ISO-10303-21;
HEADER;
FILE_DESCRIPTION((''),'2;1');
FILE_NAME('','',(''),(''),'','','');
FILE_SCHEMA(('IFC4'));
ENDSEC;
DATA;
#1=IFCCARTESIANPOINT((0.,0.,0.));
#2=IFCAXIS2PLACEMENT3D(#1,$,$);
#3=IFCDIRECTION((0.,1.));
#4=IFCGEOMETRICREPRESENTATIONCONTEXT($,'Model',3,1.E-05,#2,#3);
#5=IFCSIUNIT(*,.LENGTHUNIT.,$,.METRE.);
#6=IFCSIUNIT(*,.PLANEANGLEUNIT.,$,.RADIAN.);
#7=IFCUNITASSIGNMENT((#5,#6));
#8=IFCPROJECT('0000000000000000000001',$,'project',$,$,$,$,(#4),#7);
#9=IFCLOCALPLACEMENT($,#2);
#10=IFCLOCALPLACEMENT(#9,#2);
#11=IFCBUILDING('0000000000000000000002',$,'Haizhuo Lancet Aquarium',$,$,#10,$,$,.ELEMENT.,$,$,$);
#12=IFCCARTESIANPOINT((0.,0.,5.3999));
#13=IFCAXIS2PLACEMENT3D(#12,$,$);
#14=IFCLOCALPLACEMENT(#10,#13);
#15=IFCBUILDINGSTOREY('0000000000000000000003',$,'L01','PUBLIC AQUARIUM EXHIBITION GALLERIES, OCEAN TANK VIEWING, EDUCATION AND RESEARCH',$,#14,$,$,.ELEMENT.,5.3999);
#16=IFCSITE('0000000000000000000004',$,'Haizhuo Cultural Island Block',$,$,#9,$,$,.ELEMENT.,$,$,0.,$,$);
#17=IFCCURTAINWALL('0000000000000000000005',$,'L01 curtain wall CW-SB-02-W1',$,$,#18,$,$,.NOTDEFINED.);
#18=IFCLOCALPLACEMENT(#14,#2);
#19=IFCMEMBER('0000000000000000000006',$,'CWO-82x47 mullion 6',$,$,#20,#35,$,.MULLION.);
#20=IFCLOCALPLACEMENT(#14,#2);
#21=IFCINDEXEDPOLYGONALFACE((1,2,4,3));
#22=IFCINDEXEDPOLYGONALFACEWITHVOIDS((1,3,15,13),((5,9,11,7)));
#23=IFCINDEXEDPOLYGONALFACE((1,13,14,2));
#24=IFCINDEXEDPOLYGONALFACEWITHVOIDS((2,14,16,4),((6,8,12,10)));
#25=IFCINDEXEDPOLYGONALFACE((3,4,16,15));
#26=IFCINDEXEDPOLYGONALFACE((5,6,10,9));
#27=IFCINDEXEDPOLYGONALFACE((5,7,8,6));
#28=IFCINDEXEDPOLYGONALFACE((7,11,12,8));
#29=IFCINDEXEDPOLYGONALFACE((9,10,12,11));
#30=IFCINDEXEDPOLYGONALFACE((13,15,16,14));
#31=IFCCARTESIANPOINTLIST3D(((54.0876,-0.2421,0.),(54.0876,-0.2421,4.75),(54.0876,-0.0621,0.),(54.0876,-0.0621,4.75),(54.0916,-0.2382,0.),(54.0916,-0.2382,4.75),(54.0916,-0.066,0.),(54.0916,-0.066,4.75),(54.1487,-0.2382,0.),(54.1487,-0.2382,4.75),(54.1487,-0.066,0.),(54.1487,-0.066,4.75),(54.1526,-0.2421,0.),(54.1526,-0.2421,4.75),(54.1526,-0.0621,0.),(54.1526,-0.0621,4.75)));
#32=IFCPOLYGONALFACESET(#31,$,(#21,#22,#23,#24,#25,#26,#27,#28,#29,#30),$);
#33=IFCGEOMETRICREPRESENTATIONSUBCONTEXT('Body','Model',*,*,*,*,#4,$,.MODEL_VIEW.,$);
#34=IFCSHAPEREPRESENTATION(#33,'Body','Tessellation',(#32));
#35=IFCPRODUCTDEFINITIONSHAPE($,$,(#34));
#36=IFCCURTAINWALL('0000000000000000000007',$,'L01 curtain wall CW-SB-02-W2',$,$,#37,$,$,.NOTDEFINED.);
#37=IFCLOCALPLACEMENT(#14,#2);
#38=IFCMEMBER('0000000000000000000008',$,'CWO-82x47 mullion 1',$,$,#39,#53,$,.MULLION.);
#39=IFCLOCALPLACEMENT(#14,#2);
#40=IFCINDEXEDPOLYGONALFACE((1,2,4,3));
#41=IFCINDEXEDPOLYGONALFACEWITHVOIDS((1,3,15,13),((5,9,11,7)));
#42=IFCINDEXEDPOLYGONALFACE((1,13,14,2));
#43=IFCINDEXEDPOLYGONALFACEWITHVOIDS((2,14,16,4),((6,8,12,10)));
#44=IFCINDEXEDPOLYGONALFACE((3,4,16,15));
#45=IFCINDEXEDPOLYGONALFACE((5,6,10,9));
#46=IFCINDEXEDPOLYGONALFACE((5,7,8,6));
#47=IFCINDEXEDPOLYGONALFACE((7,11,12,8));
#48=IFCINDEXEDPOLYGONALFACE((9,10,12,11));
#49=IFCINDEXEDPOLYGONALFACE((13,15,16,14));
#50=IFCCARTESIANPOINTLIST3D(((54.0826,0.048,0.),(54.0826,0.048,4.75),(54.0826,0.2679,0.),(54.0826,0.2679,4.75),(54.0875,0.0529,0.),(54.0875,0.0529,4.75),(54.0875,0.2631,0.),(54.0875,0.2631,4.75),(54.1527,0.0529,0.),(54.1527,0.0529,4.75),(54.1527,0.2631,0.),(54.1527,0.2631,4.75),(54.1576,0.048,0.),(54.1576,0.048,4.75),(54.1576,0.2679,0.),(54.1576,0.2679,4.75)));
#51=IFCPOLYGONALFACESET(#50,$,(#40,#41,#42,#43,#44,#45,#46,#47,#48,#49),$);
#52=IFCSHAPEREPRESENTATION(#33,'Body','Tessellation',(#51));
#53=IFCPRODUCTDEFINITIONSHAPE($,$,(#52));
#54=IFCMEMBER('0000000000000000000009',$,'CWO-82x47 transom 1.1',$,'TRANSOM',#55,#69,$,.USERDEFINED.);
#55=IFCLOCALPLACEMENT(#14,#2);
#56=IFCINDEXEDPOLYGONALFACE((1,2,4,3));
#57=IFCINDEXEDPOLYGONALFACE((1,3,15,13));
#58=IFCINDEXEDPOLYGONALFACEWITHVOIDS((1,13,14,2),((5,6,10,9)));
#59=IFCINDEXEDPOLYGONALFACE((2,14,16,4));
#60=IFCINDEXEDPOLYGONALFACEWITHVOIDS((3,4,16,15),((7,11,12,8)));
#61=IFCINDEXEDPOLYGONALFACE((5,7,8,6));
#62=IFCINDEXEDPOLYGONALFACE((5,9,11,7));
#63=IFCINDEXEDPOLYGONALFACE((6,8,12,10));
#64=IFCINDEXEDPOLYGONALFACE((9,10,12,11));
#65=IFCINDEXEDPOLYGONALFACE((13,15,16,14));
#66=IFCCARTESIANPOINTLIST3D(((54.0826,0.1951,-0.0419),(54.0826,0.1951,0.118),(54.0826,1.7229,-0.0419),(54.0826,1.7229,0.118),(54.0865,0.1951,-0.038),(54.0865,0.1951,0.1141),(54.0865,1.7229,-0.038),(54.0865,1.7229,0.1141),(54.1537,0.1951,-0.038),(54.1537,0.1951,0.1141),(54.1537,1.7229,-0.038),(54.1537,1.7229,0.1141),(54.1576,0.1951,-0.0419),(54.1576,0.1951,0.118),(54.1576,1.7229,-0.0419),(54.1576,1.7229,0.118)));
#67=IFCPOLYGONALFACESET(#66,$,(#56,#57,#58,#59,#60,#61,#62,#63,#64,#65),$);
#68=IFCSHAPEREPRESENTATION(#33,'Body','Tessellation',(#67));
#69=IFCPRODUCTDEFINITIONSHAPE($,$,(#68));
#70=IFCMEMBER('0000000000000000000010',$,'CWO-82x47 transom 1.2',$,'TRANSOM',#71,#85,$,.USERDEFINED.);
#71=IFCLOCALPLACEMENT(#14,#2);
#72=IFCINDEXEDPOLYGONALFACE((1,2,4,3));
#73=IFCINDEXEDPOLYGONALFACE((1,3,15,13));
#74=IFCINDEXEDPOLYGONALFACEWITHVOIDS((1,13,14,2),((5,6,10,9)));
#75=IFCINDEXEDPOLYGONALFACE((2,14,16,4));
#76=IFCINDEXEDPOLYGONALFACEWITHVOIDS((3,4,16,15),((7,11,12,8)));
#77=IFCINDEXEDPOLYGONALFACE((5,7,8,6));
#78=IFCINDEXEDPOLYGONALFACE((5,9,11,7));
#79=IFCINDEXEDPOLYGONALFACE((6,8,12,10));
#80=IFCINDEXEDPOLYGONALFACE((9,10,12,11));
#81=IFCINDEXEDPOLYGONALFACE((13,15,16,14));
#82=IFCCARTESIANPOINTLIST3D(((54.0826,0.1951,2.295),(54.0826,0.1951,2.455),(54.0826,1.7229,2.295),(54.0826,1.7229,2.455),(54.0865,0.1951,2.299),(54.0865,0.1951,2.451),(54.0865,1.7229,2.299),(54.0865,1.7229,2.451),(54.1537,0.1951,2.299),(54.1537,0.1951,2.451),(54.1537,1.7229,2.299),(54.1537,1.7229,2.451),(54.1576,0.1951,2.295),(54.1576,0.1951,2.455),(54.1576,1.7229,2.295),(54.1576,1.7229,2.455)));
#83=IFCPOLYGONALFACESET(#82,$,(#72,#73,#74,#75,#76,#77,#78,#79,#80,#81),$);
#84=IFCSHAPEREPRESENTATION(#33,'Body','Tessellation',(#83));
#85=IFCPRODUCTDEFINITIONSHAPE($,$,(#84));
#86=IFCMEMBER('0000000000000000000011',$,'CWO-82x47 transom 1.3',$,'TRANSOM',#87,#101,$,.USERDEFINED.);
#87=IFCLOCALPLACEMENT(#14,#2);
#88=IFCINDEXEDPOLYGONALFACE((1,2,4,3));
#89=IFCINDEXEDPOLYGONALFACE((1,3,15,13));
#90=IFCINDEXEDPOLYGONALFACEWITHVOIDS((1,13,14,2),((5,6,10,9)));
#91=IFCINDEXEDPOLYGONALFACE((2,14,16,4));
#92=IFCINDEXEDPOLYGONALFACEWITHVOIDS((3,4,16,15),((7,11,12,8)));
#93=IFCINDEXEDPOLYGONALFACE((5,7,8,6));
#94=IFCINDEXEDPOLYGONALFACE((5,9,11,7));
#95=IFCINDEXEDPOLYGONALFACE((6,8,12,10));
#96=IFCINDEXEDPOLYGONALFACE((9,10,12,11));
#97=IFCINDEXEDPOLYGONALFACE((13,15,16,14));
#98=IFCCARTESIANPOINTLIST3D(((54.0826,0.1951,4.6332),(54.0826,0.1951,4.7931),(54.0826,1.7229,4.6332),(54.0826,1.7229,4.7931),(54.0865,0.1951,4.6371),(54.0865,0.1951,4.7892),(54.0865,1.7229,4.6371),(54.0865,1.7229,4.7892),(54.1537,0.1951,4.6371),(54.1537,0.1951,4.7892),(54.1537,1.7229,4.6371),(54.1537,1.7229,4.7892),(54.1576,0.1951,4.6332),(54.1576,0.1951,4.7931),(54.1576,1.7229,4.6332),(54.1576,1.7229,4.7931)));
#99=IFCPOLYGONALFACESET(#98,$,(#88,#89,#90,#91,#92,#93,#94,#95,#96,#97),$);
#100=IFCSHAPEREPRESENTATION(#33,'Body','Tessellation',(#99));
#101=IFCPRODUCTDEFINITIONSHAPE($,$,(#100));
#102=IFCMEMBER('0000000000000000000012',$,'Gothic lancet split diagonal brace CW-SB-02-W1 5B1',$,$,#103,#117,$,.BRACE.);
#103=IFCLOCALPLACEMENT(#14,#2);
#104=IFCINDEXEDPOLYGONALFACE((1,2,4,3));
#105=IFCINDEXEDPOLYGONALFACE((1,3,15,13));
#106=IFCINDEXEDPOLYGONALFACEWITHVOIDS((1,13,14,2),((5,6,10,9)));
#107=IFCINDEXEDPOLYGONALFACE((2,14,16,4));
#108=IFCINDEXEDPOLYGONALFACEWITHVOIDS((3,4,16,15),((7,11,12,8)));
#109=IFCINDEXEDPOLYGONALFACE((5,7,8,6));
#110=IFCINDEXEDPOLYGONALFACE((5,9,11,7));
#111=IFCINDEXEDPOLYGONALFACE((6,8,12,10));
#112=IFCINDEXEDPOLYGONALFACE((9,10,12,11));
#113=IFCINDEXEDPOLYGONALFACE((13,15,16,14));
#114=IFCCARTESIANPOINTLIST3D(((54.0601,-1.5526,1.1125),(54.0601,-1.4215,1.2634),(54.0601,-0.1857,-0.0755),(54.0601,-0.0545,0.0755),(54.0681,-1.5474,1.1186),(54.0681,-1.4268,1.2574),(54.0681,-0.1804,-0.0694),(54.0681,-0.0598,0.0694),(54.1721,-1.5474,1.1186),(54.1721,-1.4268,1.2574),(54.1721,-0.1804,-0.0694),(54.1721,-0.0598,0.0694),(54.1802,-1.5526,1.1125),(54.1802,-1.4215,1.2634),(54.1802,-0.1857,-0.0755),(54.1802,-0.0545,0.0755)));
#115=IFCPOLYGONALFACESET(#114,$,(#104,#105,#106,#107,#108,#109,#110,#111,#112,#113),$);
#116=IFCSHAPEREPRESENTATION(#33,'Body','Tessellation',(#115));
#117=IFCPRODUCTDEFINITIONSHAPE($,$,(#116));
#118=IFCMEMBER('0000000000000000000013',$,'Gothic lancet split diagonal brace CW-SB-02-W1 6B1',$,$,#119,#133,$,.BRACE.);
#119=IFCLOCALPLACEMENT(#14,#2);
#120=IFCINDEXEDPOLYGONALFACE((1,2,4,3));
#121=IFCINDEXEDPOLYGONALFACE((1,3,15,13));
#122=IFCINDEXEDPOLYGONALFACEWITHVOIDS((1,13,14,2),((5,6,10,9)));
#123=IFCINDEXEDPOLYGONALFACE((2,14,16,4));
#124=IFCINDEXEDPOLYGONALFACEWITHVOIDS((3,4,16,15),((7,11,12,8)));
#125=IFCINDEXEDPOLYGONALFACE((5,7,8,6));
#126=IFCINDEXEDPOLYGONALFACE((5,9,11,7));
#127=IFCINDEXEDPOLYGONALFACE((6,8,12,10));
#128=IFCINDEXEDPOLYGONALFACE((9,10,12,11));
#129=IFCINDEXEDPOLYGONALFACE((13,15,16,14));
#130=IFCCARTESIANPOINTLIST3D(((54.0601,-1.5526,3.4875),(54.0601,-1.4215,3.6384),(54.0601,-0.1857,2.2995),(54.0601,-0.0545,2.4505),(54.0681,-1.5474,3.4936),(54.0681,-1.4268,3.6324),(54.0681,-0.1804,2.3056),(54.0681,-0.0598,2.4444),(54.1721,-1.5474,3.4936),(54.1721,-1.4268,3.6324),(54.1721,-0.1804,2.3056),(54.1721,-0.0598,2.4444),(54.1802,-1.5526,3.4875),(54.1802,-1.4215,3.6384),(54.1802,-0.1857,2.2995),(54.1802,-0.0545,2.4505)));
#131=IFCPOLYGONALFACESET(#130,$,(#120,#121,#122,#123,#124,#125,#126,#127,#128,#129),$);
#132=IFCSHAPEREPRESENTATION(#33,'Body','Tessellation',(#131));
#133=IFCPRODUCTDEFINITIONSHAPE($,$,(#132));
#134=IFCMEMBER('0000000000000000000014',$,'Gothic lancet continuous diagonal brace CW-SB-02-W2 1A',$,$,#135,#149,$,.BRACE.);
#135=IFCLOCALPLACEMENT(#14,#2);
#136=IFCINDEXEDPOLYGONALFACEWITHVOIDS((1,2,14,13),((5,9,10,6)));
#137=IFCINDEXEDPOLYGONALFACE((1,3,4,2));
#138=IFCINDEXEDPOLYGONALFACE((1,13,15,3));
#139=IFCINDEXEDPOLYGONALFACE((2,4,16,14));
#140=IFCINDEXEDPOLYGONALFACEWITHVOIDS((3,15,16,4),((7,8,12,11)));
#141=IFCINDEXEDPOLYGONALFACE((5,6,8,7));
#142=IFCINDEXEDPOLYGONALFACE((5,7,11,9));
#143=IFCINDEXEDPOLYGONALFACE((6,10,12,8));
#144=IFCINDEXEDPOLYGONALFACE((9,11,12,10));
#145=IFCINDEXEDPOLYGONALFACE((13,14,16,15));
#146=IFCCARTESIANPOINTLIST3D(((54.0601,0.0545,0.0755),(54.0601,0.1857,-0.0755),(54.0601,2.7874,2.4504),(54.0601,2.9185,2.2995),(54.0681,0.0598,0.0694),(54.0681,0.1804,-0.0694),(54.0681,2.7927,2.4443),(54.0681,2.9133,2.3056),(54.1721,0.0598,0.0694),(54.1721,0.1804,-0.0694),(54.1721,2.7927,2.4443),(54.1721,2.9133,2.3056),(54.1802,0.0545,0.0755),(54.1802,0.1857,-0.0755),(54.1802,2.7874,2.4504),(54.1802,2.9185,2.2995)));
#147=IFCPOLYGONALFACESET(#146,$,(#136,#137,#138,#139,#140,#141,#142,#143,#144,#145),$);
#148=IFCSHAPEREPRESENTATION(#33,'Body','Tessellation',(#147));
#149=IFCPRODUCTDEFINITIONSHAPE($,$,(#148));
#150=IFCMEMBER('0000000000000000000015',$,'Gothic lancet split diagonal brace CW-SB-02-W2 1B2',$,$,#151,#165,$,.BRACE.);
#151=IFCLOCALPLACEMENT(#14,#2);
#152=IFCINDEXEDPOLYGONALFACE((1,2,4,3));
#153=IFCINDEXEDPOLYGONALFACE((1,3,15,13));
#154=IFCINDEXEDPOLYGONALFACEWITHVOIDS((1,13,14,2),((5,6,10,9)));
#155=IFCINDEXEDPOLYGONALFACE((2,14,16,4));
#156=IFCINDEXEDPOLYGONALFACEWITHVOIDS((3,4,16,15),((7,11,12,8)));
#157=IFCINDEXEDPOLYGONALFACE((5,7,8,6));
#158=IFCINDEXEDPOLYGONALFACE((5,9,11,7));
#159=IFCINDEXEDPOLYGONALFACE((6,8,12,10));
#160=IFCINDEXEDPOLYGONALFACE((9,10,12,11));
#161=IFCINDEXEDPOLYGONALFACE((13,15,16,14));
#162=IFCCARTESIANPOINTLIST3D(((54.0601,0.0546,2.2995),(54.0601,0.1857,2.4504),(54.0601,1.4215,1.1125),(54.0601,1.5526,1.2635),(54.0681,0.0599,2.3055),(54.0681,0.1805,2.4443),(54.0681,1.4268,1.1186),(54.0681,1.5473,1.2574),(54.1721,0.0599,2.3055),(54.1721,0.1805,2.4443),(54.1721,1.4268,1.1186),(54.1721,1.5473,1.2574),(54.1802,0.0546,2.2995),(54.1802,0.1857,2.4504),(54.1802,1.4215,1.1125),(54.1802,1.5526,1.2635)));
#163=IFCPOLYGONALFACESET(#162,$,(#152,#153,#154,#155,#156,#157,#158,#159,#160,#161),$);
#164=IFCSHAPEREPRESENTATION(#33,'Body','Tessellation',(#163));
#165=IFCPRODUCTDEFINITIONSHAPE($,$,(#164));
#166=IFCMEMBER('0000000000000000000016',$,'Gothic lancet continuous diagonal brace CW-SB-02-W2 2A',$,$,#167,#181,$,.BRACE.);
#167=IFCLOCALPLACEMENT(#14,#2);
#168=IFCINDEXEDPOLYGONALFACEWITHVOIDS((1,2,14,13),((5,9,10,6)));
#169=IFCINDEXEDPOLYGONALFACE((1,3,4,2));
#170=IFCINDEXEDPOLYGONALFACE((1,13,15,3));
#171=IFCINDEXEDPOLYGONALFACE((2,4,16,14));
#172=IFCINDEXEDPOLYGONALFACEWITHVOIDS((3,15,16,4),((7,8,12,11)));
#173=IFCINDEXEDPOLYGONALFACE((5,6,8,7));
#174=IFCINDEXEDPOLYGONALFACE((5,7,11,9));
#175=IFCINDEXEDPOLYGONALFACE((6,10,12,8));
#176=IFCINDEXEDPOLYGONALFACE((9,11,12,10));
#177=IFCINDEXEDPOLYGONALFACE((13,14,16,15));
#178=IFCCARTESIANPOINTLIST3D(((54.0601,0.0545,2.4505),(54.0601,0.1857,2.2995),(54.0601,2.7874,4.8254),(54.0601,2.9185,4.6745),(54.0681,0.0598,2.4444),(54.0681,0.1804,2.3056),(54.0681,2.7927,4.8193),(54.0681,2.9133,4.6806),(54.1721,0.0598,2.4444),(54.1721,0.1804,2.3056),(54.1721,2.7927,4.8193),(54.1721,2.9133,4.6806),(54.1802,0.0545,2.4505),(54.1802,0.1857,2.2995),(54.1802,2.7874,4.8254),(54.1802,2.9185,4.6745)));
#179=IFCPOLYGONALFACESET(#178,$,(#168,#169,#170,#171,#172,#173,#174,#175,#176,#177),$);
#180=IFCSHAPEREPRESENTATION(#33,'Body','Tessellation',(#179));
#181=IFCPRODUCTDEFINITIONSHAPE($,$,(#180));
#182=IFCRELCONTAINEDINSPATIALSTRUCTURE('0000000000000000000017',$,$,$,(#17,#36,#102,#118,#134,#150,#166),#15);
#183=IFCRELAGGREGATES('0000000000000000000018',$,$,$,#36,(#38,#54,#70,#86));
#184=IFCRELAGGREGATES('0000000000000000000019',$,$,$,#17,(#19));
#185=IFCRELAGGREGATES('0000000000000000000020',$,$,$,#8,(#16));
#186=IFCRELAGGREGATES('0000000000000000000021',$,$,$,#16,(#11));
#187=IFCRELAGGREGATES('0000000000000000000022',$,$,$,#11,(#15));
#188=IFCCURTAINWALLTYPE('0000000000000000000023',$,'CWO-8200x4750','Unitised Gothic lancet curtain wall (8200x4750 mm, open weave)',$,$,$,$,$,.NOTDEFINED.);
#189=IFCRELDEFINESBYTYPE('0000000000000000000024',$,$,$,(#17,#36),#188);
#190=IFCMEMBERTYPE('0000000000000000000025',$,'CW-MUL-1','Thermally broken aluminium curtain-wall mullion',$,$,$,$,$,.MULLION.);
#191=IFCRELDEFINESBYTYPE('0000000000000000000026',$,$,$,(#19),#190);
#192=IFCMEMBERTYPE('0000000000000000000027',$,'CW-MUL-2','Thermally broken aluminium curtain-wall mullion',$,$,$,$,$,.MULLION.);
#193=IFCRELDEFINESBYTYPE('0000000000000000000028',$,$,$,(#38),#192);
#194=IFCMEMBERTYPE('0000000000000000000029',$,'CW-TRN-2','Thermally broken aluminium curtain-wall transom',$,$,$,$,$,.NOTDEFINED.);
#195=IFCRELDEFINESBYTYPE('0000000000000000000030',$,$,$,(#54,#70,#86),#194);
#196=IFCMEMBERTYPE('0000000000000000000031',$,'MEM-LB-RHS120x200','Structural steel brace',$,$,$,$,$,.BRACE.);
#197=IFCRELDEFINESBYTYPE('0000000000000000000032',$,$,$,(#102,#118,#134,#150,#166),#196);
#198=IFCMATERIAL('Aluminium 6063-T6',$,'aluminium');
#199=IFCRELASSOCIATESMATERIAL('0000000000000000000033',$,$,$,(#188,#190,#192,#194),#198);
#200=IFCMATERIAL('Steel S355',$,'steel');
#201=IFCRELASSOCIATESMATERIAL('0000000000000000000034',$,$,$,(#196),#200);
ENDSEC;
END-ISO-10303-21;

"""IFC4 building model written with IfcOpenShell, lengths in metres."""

from ifc_helpers import new_model, si_unit, direction, frame, origin, origin_2d, place, context, subcontext, project, spatial, hollow_rectangle, extrude, material, material_profile, profile_set, type_object, element, aggregate, save


model = new_model("IFC4")

# Units and contexts
model_context = context("Model", 3, precision=1e-05, world=origin(), true_north=direction((0.0, 1.0)))
body_context = subcontext(model_context, "Body", "Model", "MODEL_VIEW")
ifc_project = project(units=[si_unit("LENGTHUNIT", "METRE"), si_unit("PLANEANGLEUNIT", "RADIAN")], contexts=[model_context])

# Site, building, storey
site_placement = place(None, origin())
site = spatial("IfcSite", under=ifc_project, at=site_placement, Name="Haizhuo Cultural Island Block", CompositionType="ELEMENT", RefElevation=0.0)
building_placement = place(site_placement, origin())
building = spatial("IfcBuilding", under=site, at=building_placement, Name="Haizhuo Lancet Aquarium", CompositionType="ELEMENT")
storey_placement = place(building_placement, frame((0.0, 0.0, 5.3999)))
storey = spatial("IfcBuildingStorey", under=building, at=storey_placement, Name="L01", Description="PUBLIC AQUARIUM EXHIBITION GALLERIES, OCEAN TANK VIEWING, EDUCATION AND RESEARCH", CompositionType="ELEMENT", Elevation=5.3999)

# Curtain wall, member
ifc_material_1 = material(Name="Aluminium 6063-T6", Category="aluminium")
curtain_wall_type = type_object("IfcCurtainWallType", Name="CWO-8200x4750", Description="Unitised Gothic lancet curtain wall (8200x4750 mm, open weave)", PredefinedType="NOTDEFINED", material=ifc_material_1)
curtain_wall_1_placement = place(storey_placement, origin())
curtain_wall_1 = element("IfcCurtainWall", 1, at=curtain_wall_1_placement, inside=storey, type_object=curtain_wall_type, Name="L01 curtain wall CW-SB-02-W1", PredefinedType="NOTDEFINED")
ifc_material_profile_1 = material_profile(ifc_material_1, hollow_rectangle(XDim=0.0649, YDim=0.1799, WallThickness=0.0039, at=origin_2d()), Name="ALU-M 65x180x4")
ifc_profile_set_1 = profile_set([ifc_material_profile_1], Name="Aluminium 6063-T6")
member_type_1 = type_object("IfcMemberType", Name="CW-MUL-1", Description="Thermally broken aluminium curtain-wall mullion", PredefinedType="MULLION", material=ifc_profile_set_1)
member_1_placement = place(storey_placement, frame((54.1201, -0.1521, 0.0), z_axis=(0.0, 0.0, 1.0), x_axis=(-1.0, 0.0, 0.0)))
member_1 = element("IfcMember", 2, at=member_1_placement, type_object=member_type_1, Name="CWO-82x47 mullion 6", PredefinedType="MULLION", context=body_context, shape_type="SweptSolid", body=[
    extrude(hollow_rectangle(XDim=0.0649, YDim=0.1799, WallThickness=0.0039, at=origin_2d()), origin(), (0.0, 0.0, 1.0), 4.75),
])

# Curtain wall, members
curtain_wall_2_placement = place(storey_placement, origin())
curtain_wall_2 = element("IfcCurtainWall", 3, at=curtain_wall_2_placement, inside=storey, type_object=curtain_wall_type, Name="L01 curtain wall CW-SB-02-W2", PredefinedType="NOTDEFINED")
ifc_material_profile_2 = material_profile(ifc_material_1, hollow_rectangle(XDim=0.075, YDim=0.22, WallThickness=0.0049, at=origin_2d()), Name="ALU-M 75x220x5")
ifc_profile_set_2 = profile_set([ifc_material_profile_2], Name="Aluminium 6063-T6")
member_type_2 = type_object("IfcMemberType", Name="CW-MUL-2", Description="Thermally broken aluminium curtain-wall mullion", PredefinedType="MULLION", material=ifc_profile_set_2)
member_2_placement = place(storey_placement, frame((54.1201, 0.158, 0.0), z_axis=(0.0, 0.0, 1.0), x_axis=(-1.0, 0.0, 0.0)))
member_2 = element("IfcMember", 4, at=member_2_placement, type_object=member_type_2, Name="CWO-82x47 mullion 1", PredefinedType="MULLION", context=body_context, shape_type="SweptSolid", body=[
    extrude(hollow_rectangle(XDim=0.075, YDim=0.22, WallThickness=0.0049, at=origin_2d()), origin(), (0.0, 0.0, 1.0), 4.75),
])
ifc_material_profile_3 = material_profile(ifc_material_1, hollow_rectangle(XDim=0.075, YDim=0.1599, WallThickness=0.0039, at=origin_2d()), Name="ALU-T 75x160x4")
ifc_profile_set_3 = profile_set([ifc_material_profile_3], Name="Aluminium 6063-T6")
member_type_3 = type_object("IfcMemberType", Name="CW-TRN-2", Description="Thermally broken aluminium curtain-wall transom", PredefinedType="NOTDEFINED", material=ifc_profile_set_3)
member_3_placement = place(storey_placement, frame((54.1201, 0.1951, 0.0381), z_axis=(0.0, 1.0, 0.0), x_axis=(-1.0, 0.0, 0.0)))
member_3 = element("IfcMember", 5, at=member_3_placement, type_object=member_type_3, Name="CWO-82x47 transom 1.1", ObjectType="TRANSOM", PredefinedType="USERDEFINED", context=body_context, shape_type="SweptSolid", body=[
    extrude(hollow_rectangle(XDim=0.075, YDim=0.1599, WallThickness=0.0039, at=origin_2d()), origin(), (0.0, 0.0, 1.0), 1.5278),
])
member_4_placement = place(storey_placement, frame((54.1201, 0.1951, 2.375), z_axis=(0.0, 1.0, 0.0), x_axis=(-1.0, 0.0, 0.0)))
member_4 = element("IfcMember", 6, at=member_4_placement, type_object=member_type_3, Name="CWO-82x47 transom 1.2", ObjectType="TRANSOM", PredefinedType="USERDEFINED", context=body_context, shape_type="SweptSolid", body=[
    extrude(hollow_rectangle(XDim=0.075, YDim=0.1599, WallThickness=0.0039, at=origin_2d()), origin(), (0.0, 0.0, 1.0), 1.5278),
])
member_5_placement = place(storey_placement, frame((54.1201, 0.1951, 4.7131), z_axis=(0.0, 1.0, 0.0), x_axis=(-1.0, 0.0, 0.0)))
member_5 = element("IfcMember", 7, at=member_5_placement, type_object=member_type_3, Name="CWO-82x47 transom 1.3", ObjectType="TRANSOM", PredefinedType="USERDEFINED", context=body_context, shape_type="SweptSolid", body=[
    extrude(hollow_rectangle(XDim=0.075, YDim=0.1599, WallThickness=0.0039, at=origin_2d()), origin(), (0.0, 0.0, 1.0), 1.5278),
])

# Members
ifc_material_2 = material(Name="Steel S355", Category="steel")
ifc_material_profile_4 = material_profile(ifc_material_2, hollow_rectangle(XDim=0.1201, YDim=0.2, WallThickness=0.0081, at=origin_2d()), Name="RHS 120x200x8")
ifc_profile_set_4 = profile_set([ifc_material_profile_4], Name="Steel S355")
member_type_4 = type_object("IfcMemberType", Name="MEM-LB-RHS120x200", Description="Structural steel brace", PredefinedType="BRACE", material=ifc_profile_set_4)
for number, where, z_axis, x_axis, name in (
    (8, (54.1201, -0.1201, 0.0), (0.0, -0.754785, 0.655972), (1.0, 0.0, 0.0), "Gothic lancet split diagonal brace CW-SB-02-W1 5B1"),
    (9, (54.1201, -0.1201, 2.375), (0.0, -0.754785, 0.655972), (1.0, 0.0, 0.0), "Gothic lancet split diagonal brace CW-SB-02-W1 6B1"),
):
    element("IfcMember", number, at=place(storey_placement, frame(where, z_axis=z_axis, x_axis=x_axis)), inside=storey, type_object=member_type_4, Name=name, PredefinedType="BRACE", context=body_context, shape_type="SweptSolid", body=[
        extrude(hollow_rectangle(XDim=0.1201, YDim=0.2, WallThickness=0.0081, at=origin_2d()), origin(), (0.0, 0.0, 1.0), 1.811),
    ])
member_6_placement = place(storey_placement, frame((54.1201, 0.1201, 0.0), z_axis=(0.0, 0.754803, 0.655952), x_axis=(-1.0, 0.0, 0.0)))
element("IfcMember", 10, at=member_6_placement, inside=storey, type_object=member_type_4, Name="Gothic lancet continuous diagonal brace CW-SB-02-W2 1A", PredefinedType="BRACE", context=body_context, shape_type="SweptSolid", body=[
    extrude(hollow_rectangle(XDim=0.1201, YDim=0.2, WallThickness=0.0081, at=origin_2d()), origin(), (0.0, 0.0, 1.0), 3.6206),
])
member_7_placement = place(storey_placement, frame((54.1201, 1.4871, 1.188), z_axis=(0.0, -0.755052, 0.655664), x_axis=(1.0, 0.0, 0.0)))
element("IfcMember", 11, at=member_7_placement, inside=storey, type_object=member_type_4, Name="Gothic lancet split diagonal brace CW-SB-02-W2 1B2", PredefinedType="BRACE", context=body_context, shape_type="SweptSolid", body=[
    extrude(hollow_rectangle(XDim=0.1201, YDim=0.2, WallThickness=0.0081, at=origin_2d()), origin(), (0.0, 0.0, 1.0), 1.8103),
])
member_8_placement = place(storey_placement, frame((54.1201, 0.1201, 2.375), z_axis=(0.0, 0.754803, 0.655952), x_axis=(-1.0, 0.0, 0.0)))
element("IfcMember", 12, at=member_8_placement, inside=storey, type_object=member_type_4, Name="Gothic lancet continuous diagonal brace CW-SB-02-W2 2A", PredefinedType="BRACE", context=body_context, shape_type="SweptSolid", body=[
    extrude(hollow_rectangle(XDim=0.1201, YDim=0.2, WallThickness=0.0081, at=origin_2d()), origin(), (0.0, 0.0, 1.0), 3.6206),
])

aggregate(curtain_wall_2, [member_2, member_3, member_4, member_5])

aggregate(curtain_wall_1, [member_1])

save(model, "model.ifc")
